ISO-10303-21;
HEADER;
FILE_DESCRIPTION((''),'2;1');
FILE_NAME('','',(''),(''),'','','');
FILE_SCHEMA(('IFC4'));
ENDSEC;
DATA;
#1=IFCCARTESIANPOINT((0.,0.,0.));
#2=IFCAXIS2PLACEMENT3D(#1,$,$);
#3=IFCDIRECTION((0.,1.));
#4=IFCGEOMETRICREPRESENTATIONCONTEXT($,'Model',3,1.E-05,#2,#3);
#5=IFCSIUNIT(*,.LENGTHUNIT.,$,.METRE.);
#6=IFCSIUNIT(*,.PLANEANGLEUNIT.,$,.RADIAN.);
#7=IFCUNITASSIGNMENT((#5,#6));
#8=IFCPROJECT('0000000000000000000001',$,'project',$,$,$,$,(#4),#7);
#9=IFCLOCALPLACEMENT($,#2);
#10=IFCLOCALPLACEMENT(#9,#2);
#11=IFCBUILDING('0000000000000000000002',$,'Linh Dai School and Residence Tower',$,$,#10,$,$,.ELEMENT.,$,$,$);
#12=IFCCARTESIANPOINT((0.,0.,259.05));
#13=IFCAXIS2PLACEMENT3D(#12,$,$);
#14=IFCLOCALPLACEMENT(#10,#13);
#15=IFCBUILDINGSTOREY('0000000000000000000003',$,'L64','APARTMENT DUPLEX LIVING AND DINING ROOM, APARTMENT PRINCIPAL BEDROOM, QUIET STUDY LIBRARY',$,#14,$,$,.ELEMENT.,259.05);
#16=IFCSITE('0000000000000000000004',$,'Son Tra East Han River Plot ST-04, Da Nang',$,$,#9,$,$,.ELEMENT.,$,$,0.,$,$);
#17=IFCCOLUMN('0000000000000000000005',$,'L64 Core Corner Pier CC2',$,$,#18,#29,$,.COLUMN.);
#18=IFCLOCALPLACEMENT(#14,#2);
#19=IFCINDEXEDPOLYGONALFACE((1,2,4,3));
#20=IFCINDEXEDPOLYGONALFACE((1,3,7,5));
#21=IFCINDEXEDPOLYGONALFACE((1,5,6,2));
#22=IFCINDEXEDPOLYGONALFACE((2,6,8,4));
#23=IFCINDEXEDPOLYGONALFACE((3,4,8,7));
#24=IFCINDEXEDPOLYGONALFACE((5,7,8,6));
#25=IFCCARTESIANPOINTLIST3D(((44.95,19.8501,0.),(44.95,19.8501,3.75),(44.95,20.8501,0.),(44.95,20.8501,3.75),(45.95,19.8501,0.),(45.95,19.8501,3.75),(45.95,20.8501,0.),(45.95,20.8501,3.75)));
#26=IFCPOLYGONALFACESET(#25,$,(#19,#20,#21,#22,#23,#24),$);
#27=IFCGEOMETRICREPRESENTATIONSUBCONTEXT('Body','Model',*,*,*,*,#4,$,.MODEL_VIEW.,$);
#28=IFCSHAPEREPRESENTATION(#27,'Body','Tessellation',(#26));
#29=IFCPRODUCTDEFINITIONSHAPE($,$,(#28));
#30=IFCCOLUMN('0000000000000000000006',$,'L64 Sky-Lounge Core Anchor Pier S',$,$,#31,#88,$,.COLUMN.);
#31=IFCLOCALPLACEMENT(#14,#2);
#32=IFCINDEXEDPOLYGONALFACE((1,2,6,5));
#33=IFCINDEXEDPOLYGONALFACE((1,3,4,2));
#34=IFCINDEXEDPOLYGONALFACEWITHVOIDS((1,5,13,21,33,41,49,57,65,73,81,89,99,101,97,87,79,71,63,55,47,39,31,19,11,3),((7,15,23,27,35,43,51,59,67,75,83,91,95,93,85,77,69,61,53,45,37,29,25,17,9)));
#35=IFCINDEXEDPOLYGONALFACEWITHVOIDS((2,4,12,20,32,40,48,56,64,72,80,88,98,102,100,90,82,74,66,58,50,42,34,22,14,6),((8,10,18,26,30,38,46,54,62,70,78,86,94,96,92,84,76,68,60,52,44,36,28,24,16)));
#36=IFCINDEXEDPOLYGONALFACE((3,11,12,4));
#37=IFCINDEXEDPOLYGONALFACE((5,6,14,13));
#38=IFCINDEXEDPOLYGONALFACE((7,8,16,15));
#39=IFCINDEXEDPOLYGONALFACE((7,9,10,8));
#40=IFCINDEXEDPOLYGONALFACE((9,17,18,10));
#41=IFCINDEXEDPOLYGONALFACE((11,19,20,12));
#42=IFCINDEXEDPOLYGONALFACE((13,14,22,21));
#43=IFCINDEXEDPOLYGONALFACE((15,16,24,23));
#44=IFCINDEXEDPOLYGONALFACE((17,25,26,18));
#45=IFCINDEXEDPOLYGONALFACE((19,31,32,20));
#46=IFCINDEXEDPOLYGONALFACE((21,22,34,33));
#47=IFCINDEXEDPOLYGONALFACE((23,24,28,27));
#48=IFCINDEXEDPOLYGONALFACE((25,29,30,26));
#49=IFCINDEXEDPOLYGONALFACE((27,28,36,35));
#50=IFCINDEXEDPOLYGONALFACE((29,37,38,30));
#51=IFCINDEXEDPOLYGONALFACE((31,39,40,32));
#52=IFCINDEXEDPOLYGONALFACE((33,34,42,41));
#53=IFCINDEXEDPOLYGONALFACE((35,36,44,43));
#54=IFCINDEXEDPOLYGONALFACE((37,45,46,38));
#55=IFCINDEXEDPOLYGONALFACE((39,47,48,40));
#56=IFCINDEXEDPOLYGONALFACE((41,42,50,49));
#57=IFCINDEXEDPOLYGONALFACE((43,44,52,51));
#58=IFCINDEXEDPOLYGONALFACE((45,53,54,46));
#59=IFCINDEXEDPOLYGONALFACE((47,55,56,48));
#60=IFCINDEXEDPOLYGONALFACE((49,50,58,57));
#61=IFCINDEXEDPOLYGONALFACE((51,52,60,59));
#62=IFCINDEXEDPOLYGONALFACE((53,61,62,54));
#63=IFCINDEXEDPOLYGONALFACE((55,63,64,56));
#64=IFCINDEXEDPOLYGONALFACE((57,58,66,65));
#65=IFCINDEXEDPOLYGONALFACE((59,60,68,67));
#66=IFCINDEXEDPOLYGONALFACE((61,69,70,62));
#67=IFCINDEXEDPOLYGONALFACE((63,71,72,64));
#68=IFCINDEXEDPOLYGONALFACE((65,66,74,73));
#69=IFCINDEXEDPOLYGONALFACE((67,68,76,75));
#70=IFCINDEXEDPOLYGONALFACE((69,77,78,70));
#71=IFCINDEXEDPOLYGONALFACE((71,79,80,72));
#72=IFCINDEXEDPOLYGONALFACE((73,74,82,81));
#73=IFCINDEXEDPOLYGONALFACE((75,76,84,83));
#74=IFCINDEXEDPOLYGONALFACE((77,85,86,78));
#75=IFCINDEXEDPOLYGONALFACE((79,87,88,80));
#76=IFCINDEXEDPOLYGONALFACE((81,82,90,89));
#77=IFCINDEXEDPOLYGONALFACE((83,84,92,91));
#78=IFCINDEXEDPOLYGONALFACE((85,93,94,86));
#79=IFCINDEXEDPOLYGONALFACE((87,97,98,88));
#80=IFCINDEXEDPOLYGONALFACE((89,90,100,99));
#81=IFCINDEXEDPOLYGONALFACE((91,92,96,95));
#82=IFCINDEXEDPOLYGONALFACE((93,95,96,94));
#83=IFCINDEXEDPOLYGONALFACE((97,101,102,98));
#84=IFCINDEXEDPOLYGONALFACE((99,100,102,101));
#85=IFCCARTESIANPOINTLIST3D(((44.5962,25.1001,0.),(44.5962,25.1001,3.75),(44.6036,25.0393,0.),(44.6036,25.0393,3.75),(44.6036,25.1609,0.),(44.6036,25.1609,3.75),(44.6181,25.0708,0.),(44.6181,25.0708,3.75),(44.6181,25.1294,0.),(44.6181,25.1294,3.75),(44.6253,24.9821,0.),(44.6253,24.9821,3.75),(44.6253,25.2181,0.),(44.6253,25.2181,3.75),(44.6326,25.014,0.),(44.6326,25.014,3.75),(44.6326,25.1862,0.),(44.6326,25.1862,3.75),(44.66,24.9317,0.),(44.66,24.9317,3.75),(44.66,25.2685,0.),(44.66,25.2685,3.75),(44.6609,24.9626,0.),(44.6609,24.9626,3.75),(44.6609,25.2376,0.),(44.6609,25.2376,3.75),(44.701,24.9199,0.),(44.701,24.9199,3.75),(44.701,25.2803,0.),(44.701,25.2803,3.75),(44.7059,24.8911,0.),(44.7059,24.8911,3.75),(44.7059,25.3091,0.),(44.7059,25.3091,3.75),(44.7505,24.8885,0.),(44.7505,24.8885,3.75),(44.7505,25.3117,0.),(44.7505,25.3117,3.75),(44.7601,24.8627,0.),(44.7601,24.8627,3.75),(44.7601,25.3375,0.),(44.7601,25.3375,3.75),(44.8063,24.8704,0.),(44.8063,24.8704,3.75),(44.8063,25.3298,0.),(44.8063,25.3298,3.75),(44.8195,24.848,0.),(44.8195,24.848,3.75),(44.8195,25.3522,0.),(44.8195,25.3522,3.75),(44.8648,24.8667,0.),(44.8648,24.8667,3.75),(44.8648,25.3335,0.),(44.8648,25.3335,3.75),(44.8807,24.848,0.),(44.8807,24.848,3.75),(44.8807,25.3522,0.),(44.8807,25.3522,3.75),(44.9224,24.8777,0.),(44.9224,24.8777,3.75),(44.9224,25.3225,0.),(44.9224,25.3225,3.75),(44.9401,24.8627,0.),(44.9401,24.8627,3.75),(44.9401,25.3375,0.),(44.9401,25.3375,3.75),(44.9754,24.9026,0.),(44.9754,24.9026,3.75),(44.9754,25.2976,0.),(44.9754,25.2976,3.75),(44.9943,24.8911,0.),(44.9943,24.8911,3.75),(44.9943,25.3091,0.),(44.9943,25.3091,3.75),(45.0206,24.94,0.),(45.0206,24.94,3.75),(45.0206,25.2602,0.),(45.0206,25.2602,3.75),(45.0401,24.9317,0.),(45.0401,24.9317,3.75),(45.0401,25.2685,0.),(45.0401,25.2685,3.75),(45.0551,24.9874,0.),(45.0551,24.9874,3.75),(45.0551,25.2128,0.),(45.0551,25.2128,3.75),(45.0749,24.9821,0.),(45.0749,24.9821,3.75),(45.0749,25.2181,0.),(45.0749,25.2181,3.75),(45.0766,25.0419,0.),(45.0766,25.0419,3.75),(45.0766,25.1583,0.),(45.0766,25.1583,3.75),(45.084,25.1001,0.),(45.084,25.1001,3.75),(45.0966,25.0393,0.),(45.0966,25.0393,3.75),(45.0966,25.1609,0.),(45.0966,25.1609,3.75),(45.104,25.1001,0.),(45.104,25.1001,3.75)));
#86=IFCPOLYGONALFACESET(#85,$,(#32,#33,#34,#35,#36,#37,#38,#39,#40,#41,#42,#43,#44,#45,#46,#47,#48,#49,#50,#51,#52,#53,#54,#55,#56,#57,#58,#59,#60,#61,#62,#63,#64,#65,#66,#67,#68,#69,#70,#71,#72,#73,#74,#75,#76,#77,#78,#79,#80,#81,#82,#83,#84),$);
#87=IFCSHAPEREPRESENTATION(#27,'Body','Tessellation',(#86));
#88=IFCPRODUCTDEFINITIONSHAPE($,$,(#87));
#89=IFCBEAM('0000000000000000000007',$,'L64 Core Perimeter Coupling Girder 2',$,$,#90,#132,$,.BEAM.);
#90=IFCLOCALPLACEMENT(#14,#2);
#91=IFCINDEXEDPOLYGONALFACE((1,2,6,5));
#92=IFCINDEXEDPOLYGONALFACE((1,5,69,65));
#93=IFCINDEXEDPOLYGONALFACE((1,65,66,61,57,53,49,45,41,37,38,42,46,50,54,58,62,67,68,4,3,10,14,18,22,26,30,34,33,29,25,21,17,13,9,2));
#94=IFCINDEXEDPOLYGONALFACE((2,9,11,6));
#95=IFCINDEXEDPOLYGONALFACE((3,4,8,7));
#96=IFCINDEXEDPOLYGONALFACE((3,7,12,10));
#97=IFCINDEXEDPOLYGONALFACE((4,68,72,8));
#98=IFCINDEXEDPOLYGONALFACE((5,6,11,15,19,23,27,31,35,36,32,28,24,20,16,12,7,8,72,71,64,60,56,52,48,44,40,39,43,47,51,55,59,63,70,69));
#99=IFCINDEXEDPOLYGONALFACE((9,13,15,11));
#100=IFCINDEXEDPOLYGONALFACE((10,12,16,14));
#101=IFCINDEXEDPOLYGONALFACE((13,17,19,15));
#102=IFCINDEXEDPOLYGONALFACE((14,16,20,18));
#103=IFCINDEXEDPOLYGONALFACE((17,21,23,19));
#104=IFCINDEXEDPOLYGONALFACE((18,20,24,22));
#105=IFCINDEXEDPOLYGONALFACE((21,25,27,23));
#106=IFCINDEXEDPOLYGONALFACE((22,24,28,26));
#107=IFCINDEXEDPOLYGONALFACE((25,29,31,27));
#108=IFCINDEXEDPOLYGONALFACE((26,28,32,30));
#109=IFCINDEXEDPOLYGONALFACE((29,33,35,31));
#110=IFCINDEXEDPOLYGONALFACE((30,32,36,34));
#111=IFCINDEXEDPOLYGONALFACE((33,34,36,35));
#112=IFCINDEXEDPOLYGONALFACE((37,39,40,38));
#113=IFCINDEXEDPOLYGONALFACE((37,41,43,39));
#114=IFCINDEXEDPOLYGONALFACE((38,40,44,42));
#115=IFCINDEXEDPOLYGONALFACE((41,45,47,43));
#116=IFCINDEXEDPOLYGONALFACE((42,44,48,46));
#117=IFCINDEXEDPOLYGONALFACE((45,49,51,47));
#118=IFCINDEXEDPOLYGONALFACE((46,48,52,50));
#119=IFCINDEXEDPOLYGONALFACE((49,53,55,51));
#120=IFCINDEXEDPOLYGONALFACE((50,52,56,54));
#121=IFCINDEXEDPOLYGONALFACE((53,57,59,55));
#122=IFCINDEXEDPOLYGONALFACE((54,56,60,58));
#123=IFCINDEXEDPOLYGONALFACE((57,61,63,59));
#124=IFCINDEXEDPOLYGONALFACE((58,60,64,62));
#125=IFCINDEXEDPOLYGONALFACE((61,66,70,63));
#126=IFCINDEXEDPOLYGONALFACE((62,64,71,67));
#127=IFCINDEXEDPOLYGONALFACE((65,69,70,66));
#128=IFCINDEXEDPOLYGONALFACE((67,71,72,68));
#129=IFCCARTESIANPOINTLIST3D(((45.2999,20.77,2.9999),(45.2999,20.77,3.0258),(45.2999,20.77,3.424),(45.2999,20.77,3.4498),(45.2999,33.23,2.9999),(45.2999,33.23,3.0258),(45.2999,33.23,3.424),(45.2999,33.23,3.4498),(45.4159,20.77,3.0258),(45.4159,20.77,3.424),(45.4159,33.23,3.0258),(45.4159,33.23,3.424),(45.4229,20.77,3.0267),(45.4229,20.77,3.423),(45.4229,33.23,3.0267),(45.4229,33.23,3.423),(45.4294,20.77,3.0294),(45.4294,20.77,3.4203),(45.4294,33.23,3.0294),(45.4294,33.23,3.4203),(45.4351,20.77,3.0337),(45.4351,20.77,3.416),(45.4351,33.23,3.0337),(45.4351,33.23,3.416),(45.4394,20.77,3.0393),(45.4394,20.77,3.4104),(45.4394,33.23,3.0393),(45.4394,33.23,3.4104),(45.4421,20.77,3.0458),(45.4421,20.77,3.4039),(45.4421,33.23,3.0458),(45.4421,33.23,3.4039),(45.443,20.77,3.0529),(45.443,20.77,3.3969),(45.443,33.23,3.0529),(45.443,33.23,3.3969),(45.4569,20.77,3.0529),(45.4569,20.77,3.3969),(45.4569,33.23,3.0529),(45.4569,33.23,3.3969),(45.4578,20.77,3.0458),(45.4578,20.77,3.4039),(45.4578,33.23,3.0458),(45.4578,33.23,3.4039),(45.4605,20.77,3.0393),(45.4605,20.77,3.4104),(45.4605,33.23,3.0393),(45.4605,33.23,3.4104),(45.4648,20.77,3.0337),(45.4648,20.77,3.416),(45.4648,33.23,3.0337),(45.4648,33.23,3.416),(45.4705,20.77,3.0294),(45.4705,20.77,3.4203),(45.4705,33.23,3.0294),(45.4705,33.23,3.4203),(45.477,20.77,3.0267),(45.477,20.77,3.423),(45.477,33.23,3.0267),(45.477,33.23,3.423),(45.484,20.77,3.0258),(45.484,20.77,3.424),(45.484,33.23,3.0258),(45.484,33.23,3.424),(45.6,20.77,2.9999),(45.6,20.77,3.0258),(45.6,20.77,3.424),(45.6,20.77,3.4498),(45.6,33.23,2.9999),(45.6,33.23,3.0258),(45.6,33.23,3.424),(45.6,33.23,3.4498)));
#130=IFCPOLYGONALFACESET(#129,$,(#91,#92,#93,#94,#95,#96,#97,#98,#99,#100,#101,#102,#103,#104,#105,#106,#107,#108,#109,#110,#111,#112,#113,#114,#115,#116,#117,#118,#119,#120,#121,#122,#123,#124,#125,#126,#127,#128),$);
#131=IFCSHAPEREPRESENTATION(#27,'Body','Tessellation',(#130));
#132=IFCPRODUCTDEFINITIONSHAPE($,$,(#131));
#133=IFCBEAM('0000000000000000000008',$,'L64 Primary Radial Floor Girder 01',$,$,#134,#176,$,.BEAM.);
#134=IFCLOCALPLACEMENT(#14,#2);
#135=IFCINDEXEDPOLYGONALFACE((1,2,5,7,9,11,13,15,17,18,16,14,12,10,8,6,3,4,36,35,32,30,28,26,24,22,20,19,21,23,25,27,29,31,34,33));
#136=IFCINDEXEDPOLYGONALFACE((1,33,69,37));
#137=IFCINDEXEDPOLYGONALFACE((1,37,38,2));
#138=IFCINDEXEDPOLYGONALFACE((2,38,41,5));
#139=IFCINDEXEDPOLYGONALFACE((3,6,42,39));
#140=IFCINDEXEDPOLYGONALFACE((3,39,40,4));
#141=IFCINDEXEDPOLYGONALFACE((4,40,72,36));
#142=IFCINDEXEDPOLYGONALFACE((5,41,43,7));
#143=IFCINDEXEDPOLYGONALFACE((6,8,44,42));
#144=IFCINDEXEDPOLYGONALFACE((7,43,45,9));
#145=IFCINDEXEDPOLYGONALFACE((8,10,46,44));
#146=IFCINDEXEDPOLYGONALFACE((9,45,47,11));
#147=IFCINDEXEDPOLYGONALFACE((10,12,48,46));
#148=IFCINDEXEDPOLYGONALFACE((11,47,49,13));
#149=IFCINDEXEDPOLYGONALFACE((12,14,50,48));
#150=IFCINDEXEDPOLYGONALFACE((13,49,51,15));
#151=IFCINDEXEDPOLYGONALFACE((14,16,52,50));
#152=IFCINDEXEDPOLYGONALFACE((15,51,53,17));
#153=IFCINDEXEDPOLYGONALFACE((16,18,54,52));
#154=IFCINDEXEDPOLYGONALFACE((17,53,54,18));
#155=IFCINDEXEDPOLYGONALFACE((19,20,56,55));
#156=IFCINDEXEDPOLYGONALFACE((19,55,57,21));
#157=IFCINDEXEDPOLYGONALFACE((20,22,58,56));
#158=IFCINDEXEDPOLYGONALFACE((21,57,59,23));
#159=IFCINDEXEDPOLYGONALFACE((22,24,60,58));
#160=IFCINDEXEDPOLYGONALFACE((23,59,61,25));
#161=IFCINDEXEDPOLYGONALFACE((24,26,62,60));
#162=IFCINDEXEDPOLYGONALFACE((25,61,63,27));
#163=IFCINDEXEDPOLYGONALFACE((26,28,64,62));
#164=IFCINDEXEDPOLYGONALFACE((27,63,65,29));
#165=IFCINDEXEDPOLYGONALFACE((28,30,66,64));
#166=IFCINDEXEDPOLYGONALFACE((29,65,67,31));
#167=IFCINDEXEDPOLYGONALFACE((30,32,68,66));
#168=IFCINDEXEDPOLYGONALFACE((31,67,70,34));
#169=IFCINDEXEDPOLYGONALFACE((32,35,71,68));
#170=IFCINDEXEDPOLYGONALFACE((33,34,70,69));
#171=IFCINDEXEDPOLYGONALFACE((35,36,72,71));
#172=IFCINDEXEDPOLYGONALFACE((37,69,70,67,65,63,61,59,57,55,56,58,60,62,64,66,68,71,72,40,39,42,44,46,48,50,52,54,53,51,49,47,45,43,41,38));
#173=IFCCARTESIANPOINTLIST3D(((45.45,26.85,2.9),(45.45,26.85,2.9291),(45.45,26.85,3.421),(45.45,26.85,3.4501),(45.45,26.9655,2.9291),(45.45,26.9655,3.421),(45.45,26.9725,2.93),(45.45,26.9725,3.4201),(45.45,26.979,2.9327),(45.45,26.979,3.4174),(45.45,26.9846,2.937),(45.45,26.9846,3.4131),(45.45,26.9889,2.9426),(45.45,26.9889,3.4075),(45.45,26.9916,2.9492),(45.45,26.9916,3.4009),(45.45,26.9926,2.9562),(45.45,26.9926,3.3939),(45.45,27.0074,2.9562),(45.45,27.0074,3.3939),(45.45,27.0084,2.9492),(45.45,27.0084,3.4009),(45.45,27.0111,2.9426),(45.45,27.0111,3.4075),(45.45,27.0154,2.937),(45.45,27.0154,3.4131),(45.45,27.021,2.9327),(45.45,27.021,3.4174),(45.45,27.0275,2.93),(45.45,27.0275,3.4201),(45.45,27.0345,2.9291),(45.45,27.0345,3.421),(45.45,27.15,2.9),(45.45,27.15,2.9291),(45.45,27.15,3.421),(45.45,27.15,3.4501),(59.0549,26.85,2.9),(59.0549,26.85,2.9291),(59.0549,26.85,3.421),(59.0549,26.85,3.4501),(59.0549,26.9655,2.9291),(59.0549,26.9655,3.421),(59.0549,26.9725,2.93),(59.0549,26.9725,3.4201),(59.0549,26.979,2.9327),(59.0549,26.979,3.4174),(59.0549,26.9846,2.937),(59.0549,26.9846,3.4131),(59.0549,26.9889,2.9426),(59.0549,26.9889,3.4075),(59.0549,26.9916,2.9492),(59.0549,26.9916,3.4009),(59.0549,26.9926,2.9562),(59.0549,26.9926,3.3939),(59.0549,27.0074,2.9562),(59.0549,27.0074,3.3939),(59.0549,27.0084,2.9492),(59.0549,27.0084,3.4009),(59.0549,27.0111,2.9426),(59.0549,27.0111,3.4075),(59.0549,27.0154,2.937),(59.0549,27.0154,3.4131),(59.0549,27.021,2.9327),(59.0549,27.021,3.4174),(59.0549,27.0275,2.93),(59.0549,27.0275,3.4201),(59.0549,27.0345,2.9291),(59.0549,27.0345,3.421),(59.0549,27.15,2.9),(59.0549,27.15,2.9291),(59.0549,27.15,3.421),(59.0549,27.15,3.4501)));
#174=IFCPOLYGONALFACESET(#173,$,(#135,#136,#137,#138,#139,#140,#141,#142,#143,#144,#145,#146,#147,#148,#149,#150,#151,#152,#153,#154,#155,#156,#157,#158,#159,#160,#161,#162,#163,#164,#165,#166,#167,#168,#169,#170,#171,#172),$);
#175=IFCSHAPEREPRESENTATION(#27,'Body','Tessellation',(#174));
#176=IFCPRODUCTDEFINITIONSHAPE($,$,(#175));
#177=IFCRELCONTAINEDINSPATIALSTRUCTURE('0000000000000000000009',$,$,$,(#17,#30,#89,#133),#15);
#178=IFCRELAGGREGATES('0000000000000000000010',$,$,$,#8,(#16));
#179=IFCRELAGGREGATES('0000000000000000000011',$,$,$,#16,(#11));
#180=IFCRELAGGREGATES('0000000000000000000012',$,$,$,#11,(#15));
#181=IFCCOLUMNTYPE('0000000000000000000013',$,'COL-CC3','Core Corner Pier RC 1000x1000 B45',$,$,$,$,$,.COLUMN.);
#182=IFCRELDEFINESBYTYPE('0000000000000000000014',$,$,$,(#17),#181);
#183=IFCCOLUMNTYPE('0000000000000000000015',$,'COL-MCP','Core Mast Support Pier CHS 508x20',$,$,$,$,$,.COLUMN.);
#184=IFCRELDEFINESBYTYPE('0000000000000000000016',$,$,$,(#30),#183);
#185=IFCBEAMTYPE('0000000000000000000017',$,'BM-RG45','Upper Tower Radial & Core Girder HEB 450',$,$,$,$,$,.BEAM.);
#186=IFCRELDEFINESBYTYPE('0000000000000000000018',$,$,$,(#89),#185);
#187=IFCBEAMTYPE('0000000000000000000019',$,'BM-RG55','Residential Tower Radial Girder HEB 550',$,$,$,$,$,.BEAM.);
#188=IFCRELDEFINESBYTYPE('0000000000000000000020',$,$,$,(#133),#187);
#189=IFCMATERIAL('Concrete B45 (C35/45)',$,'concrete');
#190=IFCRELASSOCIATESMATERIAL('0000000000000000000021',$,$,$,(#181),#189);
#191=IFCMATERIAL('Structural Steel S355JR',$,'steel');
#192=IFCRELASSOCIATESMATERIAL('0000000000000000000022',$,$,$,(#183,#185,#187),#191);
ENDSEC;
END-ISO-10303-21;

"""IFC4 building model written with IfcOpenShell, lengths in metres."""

from ifc_helpers import new_model, si_unit, direction, frame, origin, origin_2d, place, context, subcontext, project, spatial, rectangle, hollow_circle, i_section, extrude, material, material_profile, profile_set, type_object, element, save


model = new_model("IFC4")

# Units and contexts
model_context = context("Model", 3, precision=1e-05, world=origin(), true_north=direction((0.0, 1.0)))
body_context = subcontext(model_context, "Body", "Model", "MODEL_VIEW")
ifc_project = project(units=[si_unit("LENGTHUNIT", "METRE"), si_unit("PLANEANGLEUNIT", "RADIAN")], contexts=[model_context])

# Site, building, storey
site_placement = place(None, origin())
site = spatial("IfcSite", under=ifc_project, at=site_placement, Name="Son Tra East Han River Plot ST-04, Da Nang", CompositionType="ELEMENT", RefElevation=0.0)
building_placement = place(site_placement, origin())
building = spatial("IfcBuilding", under=site, at=building_placement, Name="Linh Dai School and Residence Tower", CompositionType="ELEMENT")
storey_placement = place(building_placement, frame((0.0, 0.0, 259.05)))
storey = spatial("IfcBuildingStorey", under=building, at=storey_placement, Name="L64", Description="APARTMENT DUPLEX LIVING AND DINING ROOM, APARTMENT PRINCIPAL BEDROOM, QUIET STUDY LIBRARY", CompositionType="ELEMENT", Elevation=259.05)

# Columns
ifc_material_1 = material(Name="Concrete B45 (C35/45)", Category="concrete")
ifc_material_profile_1 = material_profile(ifc_material_1, rectangle(XDim=1.0, YDim=1.0, at=origin_2d()), Name="RC 1000x1000")
ifc_profile_set_1 = profile_set([ifc_material_profile_1], Name="Concrete B45 (C35/45)")
column_type_1 = type_object("IfcColumnType", Name="COL-CC3", Description="Core Corner Pier RC 1000x1000 B45", PredefinedType="COLUMN", material=ifc_profile_set_1)
column_1_placement = place(storey_placement, frame((45.45, 20.3501, 0.0), z_axis=(0.0, 0.0, 1.0), x_axis=(1.0, 0.0, 0.0)))
element("IfcColumn", 1, at=column_1_placement, inside=storey, type_object=column_type_1, Name="L64 Core Corner Pier CC2", PredefinedType="COLUMN", context=body_context, shape_type="SweptSolid", body=[
    extrude(rectangle(XDim=1.0, YDim=1.0, at=origin_2d()), origin(), (0.0, 0.0, 1.0), 3.75),
])
ifc_material_2 = material(Name="Structural Steel S355JR", Category="steel")
ifc_material_profile_2 = material_profile(ifc_material_2, hollow_circle(Radius=0.2539, WallThickness=0.02, at=origin_2d()), Name="CHS 508x20")
ifc_profile_set_2 = profile_set([ifc_material_profile_2], Name="Structural Steel S355JR")
column_type_2 = type_object("IfcColumnType", Name="COL-MCP", Description="Core Mast Support Pier CHS 508x20", PredefinedType="COLUMN", material=ifc_profile_set_2)
column_2_placement = place(storey_placement, frame((44.8501, 25.1001, 0.0), z_axis=(0.0, 0.0, 1.0), x_axis=(1.0, 0.0, 0.0)))
element("IfcColumn", 2, at=column_2_placement, inside=storey, type_object=column_type_2, Name="L64 Sky-Lounge Core Anchor Pier S", PredefinedType="COLUMN", context=body_context, shape_type="SweptSolid", body=[
    extrude(hollow_circle(Radius=0.2539, WallThickness=0.02, at=origin_2d()), origin(), (0.0, 0.0, 1.0), 3.75),
])

# Beams
ifc_material_profile_3 = material_profile(ifc_material_2, i_section(OverallWidth=0.3, OverallDepth=0.45, WebThickness=0.0139, FlangeThickness=0.0259, FilletRadius=0.0271, at=origin_2d()), Name="HEB 450")
ifc_profile_set_3 = profile_set([ifc_material_profile_3], Name="Structural Steel S355JR")
beam_type_1 = type_object("IfcBeamType", Name="BM-RG45", Description="Upper Tower Radial & Core Girder HEB 450", PredefinedType="BEAM", material=ifc_profile_set_3)
beam_1_placement = place(storey_placement, frame((45.45, 20.77, 3.2249), z_axis=(0.0, 1.0, 0.0), x_axis=(-1.0, 0.0, 0.0)))
element("IfcBeam", 3, at=beam_1_placement, inside=storey, type_object=beam_type_1, Name="L64 Core Perimeter Coupling Girder 2", PredefinedType="BEAM", context=body_context, shape_type="SweptSolid", body=[
    extrude(i_section(OverallWidth=0.3, OverallDepth=0.45, WebThickness=0.0139, FlangeThickness=0.0259, FilletRadius=0.0271, at=origin_2d()), origin(), (0.0, 0.0, 1.0), 12.46),
])
ifc_material_profile_4 = material_profile(ifc_material_2, i_section(OverallWidth=0.3, OverallDepth=0.55, WebThickness=0.0149, FlangeThickness=0.0291, FilletRadius=0.0271, at=origin_2d()), Name="HEB 550")
ifc_profile_set_4 = profile_set([ifc_material_profile_4], Name="Structural Steel S355JR")
beam_type_2 = type_object("IfcBeamType", Name="BM-RG55", Description="Residential Tower Radial Girder HEB 550", PredefinedType="BEAM", material=ifc_profile_set_4)
beam_2_placement = place(storey_placement, frame((45.45, 27.0, 3.175), z_axis=(1.0, 0.0, 0.0), x_axis=(0.0, 1.0, 0.0)))
element("IfcBeam", 4, at=beam_2_placement, inside=storey, type_object=beam_type_2, Name="L64 Primary Radial Floor Girder 01", PredefinedType="BEAM", context=body_context, shape_type="SweptSolid", body=[
    extrude(i_section(OverallWidth=0.3, OverallDepth=0.55, WebThickness=0.0149, FlangeThickness=0.0291, FilletRadius=0.0271, at=origin_2d()), origin(), (0.0, 0.0, 1.0), 13.605),
])

save(model, "model.ifc")
